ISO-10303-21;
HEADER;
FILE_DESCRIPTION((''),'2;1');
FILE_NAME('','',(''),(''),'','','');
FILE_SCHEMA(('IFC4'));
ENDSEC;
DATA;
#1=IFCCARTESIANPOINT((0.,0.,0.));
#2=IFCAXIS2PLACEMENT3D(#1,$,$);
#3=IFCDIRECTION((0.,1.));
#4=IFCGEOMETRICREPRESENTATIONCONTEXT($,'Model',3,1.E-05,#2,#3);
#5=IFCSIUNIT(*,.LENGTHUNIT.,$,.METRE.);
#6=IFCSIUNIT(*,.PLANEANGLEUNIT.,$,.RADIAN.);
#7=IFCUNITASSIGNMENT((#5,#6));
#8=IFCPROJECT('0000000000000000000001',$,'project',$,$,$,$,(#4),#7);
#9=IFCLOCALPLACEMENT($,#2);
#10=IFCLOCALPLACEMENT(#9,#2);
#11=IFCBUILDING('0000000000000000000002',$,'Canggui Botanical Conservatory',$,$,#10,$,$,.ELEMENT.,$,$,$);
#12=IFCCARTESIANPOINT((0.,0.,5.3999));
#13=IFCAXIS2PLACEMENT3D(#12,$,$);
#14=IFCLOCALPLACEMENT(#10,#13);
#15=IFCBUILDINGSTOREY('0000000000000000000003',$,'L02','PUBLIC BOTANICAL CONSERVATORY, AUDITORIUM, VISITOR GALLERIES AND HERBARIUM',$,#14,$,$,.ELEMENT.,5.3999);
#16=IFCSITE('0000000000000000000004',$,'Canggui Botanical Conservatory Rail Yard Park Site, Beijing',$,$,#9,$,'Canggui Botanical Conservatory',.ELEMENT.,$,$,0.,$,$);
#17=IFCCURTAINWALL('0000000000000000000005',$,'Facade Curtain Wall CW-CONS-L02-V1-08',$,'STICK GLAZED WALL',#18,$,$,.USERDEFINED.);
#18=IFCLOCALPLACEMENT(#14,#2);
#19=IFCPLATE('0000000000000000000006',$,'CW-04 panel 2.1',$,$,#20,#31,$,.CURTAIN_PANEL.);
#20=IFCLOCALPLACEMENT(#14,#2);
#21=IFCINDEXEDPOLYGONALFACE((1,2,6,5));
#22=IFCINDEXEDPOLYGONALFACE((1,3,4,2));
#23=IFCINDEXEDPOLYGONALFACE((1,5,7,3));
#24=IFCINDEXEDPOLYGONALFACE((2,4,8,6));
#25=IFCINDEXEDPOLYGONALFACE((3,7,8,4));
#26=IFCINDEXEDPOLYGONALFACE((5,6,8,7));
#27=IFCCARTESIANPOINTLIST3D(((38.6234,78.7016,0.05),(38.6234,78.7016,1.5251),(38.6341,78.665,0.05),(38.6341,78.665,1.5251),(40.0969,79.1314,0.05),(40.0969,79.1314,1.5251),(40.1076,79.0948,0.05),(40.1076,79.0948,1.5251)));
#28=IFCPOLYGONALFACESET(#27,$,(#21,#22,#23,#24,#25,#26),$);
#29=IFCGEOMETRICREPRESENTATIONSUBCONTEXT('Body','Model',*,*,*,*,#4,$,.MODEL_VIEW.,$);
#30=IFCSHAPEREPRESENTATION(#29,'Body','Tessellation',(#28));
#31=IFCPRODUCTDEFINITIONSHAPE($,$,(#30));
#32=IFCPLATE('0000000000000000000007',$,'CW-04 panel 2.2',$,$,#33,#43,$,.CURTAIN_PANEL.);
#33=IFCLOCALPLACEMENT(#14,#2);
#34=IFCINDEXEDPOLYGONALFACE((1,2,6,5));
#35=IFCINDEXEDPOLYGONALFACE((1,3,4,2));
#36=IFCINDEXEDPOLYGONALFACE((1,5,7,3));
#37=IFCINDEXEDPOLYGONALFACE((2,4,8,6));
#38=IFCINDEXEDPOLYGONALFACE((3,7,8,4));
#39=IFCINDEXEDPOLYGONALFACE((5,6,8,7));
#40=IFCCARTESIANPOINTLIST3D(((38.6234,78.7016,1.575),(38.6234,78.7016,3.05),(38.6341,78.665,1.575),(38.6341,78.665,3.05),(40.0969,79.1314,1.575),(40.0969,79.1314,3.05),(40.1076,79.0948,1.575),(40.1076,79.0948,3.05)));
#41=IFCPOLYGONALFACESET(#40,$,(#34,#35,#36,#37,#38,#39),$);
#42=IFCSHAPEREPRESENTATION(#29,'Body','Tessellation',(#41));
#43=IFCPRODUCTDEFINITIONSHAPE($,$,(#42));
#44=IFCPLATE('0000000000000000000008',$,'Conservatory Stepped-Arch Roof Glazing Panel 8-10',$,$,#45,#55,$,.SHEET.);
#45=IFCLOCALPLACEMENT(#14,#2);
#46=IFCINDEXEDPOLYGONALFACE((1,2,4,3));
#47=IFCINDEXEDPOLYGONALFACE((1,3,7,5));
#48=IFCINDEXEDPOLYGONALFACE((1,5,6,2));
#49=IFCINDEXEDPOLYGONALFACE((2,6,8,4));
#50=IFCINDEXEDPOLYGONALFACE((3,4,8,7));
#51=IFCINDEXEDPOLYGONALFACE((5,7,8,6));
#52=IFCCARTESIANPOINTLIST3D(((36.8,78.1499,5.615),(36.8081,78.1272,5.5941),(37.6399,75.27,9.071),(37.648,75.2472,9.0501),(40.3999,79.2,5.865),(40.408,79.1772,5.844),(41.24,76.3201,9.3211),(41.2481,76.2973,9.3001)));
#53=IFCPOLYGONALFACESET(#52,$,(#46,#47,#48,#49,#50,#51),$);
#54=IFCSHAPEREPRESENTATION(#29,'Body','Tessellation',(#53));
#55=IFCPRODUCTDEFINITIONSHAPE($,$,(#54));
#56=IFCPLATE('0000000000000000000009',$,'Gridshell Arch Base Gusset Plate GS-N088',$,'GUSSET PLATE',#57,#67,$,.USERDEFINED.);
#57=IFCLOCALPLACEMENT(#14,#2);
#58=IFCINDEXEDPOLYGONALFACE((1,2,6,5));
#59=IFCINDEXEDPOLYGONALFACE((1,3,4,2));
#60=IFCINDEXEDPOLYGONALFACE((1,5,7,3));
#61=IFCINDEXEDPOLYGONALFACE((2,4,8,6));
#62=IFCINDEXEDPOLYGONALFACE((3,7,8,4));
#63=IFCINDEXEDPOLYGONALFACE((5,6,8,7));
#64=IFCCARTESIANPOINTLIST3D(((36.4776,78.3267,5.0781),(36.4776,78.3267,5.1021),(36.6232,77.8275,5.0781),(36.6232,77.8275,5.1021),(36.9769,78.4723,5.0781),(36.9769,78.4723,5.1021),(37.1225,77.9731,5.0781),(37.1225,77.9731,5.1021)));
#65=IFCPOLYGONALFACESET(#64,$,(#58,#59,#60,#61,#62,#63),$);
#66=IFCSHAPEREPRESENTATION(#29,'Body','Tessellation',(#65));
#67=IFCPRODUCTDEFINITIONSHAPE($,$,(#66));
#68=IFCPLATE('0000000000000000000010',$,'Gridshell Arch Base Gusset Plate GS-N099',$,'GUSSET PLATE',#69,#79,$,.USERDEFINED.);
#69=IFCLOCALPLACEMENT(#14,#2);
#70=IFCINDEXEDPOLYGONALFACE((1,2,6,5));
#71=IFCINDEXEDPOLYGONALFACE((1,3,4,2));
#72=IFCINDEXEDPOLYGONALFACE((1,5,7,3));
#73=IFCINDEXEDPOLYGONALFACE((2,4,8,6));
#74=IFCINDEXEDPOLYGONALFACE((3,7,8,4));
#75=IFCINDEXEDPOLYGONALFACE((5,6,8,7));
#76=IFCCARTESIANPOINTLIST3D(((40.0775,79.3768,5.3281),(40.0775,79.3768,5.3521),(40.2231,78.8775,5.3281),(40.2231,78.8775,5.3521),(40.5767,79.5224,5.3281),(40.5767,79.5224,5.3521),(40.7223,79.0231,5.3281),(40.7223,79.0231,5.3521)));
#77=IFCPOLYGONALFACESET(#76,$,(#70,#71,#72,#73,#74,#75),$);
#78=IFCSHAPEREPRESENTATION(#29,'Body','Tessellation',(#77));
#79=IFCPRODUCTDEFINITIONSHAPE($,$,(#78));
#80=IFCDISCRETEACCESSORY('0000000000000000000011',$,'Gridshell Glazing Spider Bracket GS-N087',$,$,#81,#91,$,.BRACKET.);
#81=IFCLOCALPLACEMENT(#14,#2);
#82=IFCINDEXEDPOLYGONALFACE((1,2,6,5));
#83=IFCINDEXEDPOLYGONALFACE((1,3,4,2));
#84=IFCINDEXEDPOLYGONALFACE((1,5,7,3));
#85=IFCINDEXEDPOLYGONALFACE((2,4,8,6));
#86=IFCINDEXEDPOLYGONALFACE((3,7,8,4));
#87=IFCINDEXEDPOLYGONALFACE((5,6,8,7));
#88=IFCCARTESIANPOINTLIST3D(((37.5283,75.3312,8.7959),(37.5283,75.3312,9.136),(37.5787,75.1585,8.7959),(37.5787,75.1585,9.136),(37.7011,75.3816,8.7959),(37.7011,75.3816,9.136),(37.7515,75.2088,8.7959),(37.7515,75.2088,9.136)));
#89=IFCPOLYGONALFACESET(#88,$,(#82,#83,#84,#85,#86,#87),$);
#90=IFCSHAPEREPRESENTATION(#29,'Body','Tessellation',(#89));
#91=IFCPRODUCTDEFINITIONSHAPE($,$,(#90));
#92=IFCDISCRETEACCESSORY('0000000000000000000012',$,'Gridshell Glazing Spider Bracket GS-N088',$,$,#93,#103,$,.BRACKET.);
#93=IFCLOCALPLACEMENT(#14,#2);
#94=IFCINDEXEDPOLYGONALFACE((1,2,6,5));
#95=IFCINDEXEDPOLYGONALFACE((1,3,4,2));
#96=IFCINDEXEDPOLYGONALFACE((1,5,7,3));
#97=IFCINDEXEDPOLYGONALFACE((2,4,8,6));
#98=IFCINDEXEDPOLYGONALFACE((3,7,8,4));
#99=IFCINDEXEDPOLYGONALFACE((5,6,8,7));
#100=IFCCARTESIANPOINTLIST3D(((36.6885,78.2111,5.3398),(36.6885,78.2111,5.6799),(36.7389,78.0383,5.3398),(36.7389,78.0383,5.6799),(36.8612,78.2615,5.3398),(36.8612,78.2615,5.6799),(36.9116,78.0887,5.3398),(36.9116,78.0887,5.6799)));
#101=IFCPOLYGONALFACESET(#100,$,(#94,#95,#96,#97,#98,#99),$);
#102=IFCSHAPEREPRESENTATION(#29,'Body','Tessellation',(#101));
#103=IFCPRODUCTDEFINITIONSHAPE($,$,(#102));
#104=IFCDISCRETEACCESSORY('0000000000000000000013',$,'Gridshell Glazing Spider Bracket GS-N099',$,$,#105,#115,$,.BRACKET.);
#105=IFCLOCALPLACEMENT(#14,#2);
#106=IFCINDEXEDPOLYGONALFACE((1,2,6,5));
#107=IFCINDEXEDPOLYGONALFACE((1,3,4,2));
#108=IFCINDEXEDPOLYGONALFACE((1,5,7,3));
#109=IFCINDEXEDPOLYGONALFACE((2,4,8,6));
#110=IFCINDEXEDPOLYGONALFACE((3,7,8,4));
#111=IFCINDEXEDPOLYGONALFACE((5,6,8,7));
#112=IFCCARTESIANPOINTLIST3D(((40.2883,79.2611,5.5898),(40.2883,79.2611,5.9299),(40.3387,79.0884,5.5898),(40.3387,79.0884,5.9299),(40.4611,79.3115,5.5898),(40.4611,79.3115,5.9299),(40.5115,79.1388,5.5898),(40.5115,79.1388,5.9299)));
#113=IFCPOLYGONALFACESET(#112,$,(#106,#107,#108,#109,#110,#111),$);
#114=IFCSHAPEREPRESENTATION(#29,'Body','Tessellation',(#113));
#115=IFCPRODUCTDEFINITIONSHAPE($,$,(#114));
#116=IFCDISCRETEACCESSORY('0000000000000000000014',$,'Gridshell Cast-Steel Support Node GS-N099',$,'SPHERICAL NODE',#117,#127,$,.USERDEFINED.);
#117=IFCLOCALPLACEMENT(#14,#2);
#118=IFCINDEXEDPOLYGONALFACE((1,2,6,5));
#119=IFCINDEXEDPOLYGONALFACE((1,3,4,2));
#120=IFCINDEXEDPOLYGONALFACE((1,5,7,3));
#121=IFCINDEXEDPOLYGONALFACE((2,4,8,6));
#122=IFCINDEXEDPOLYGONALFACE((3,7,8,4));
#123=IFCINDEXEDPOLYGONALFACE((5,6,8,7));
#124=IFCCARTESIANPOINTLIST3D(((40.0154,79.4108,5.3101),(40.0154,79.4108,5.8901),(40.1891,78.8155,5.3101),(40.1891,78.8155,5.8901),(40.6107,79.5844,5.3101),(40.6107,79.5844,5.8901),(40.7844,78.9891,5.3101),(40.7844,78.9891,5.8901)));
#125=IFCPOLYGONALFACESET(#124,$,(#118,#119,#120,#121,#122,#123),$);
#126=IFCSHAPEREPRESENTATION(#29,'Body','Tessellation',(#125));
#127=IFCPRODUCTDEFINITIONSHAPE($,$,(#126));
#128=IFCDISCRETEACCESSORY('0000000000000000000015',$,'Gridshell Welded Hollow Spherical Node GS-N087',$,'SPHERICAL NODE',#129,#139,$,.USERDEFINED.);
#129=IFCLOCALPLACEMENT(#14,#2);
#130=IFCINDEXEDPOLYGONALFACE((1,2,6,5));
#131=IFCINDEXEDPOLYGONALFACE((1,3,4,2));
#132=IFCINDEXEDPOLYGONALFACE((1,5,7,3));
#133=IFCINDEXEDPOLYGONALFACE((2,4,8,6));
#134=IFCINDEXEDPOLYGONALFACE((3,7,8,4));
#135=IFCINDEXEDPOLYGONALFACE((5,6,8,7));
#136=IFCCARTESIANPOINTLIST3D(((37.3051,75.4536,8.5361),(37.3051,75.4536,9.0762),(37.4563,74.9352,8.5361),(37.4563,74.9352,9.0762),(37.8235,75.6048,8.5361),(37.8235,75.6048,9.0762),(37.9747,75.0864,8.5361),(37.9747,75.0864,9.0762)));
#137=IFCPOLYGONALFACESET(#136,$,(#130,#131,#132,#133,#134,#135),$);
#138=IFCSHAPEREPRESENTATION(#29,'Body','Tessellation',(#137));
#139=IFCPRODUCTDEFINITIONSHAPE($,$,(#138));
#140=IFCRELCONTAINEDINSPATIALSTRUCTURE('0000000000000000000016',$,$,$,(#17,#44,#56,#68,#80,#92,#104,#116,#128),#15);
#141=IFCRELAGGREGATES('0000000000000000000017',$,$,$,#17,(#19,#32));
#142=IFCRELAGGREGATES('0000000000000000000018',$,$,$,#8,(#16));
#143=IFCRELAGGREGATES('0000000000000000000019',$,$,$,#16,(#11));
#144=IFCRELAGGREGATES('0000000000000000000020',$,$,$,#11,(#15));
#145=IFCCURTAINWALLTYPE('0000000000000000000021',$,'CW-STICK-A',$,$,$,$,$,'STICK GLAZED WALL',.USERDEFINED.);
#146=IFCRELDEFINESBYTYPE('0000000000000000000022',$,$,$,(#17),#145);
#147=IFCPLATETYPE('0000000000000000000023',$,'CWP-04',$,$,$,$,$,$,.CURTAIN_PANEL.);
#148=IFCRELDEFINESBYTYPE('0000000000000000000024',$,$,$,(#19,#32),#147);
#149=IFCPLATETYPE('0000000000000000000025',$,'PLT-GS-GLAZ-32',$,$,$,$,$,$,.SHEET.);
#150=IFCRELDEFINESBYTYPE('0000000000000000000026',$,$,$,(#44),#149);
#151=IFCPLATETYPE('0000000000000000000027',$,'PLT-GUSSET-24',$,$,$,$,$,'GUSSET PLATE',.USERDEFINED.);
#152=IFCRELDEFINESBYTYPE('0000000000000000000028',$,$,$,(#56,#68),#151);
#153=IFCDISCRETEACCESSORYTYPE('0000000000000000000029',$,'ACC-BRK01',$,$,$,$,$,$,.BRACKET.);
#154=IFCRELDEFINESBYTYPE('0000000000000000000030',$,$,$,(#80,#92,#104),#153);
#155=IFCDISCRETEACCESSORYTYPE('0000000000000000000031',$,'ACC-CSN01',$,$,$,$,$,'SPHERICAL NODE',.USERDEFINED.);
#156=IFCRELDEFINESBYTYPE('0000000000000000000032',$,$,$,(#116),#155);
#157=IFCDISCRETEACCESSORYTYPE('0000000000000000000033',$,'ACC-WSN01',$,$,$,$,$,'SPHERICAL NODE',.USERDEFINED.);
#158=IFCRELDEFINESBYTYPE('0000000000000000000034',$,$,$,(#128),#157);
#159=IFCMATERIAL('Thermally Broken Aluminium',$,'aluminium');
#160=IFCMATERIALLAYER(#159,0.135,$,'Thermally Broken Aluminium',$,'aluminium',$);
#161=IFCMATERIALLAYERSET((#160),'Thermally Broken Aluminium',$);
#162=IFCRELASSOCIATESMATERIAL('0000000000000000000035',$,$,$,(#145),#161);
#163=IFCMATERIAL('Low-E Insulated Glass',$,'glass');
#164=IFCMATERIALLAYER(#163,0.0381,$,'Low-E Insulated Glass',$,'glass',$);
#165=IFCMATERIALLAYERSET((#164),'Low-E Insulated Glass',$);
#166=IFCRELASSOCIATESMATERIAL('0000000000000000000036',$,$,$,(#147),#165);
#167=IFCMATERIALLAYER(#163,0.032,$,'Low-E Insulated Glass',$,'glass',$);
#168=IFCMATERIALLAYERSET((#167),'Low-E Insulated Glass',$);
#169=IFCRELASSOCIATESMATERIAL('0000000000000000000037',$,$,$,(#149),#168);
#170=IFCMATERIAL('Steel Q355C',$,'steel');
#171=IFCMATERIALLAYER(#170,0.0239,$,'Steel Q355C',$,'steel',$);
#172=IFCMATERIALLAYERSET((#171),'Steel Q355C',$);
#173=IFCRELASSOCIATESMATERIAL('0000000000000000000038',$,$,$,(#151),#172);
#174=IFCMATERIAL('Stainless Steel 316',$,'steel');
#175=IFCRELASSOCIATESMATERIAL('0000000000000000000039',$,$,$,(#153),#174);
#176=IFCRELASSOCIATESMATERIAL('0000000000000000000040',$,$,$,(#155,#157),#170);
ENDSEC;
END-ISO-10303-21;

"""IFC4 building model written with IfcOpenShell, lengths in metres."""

from ifc_helpers import new_model, si_unit, direction, frame, origin, origin_2d, place, context, subcontext, project, spatial, polyline, rectangle, outline, extrude, material, layer, layer_set, type_object, element, aggregate, save


model = new_model("IFC4")

# Units and contexts
model_context = context("Model", 3, precision=1e-05, world=origin(), true_north=direction((0.0, 1.0)))
body_context = subcontext(model_context, "Body", "Model", "MODEL_VIEW")
ifc_project = project(units=[si_unit("LENGTHUNIT", "METRE"), si_unit("PLANEANGLEUNIT", "RADIAN")], contexts=[model_context])

# Site, building, storey
site_placement = place(None, origin())
site = spatial("IfcSite", under=ifc_project, at=site_placement, Name="Canggui Botanical Conservatory Rail Yard Park Site, Beijing", LongName="Canggui Botanical Conservatory", CompositionType="ELEMENT", RefElevation=0.0)
building_placement = place(site_placement, origin())
building = spatial("IfcBuilding", under=site, at=building_placement, Name="Canggui Botanical Conservatory", CompositionType="ELEMENT")
storey_placement = place(building_placement, frame((0.0, 0.0, 5.3999)))
storey = spatial("IfcBuildingStorey", under=building, at=storey_placement, Name="L02", Description="PUBLIC BOTANICAL CONSERVATORY, AUDITORIUM, VISITOR GALLERIES AND HERBARIUM", CompositionType="ELEMENT", Elevation=5.3999)

# Shared definitions
ifc_material_1 = material(Name="Steel Q355C", Category="steel")

# Curtain wall
ifc_material_2 = material(Name="Thermally Broken Aluminium", Category="aluminium")
ifc_layer_1 = layer(ifc_material_2, 0.135, Name="Thermally Broken Aluminium", Category="aluminium")
ifc_layer_set_1 = layer_set([ifc_layer_1], Name="Thermally Broken Aluminium")
curtain_wall_type = type_object("IfcCurtainWallType", Name="CW-STICK-A", ElementType="STICK GLAZED WALL", PredefinedType="USERDEFINED", material=ifc_layer_set_1)
curtain_wall_1_placement = place(storey_placement, origin())
curtain_wall_1 = element("IfcCurtainWall", 1, at=curtain_wall_1_placement, inside=storey, type_object=curtain_wall_type, Name="Facade Curtain Wall CW-CONS-L02-V1-08", ObjectType="STICK GLAZED WALL", PredefinedType="USERDEFINED")

# Plates
ifc_material_3 = material(Name="Low-E Insulated Glass", Category="glass")
ifc_layer_2 = layer(ifc_material_3, 0.0381, Name="Low-E Insulated Glass", Category="glass")
ifc_layer_set_2 = layer_set([ifc_layer_2], Name="Low-E Insulated Glass")
plate_type_1 = type_object("IfcPlateType", Name="CWP-04", PredefinedType="CURTAIN_PANEL", material=ifc_layer_set_2)
plate_1_placement = place(storey_placement, frame((39.3655, 78.8982, 0.05), z_axis=(0.0, 0.0, 1.0), x_axis=(0.96, 0.28, 0.0)))
plate_1 = element("IfcPlate", 2, at=plate_1_placement, type_object=plate_type_1, Name="CW-04 panel 2.1", PredefinedType="CURTAIN_PANEL", context=body_context, shape_type="SweptSolid", body=[
    extrude(rectangle(XDim=1.5349, YDim=0.0381, at=origin_2d()), origin(), (0.0, 0.0, 1.0), 1.4751),
])
plate_2_placement = place(storey_placement, frame((39.3655, 78.8982, 1.575), z_axis=(0.0, 0.0, 1.0), x_axis=(0.96, 0.28, 0.0)))
plate_2 = element("IfcPlate", 3, at=plate_2_placement, type_object=plate_type_1, Name="CW-04 panel 2.2", PredefinedType="CURTAIN_PANEL", context=body_context, shape_type="SweptSolid", body=[
    extrude(rectangle(XDim=1.5349, YDim=0.0381, at=origin_2d()), origin(), (0.0, 0.0, 1.0), 1.4751),
])
aggregate(curtain_wall_1, [plate_1, plate_2])

# Plates
ifc_layer_3 = layer(ifc_material_3, 0.032, Name="Low-E Insulated Glass", Category="glass")
ifc_layer_set_3 = layer_set([ifc_layer_3], Name="Low-E Insulated Glass")
plate_type_2 = type_object("IfcPlateType", Name="PLT-GS-GLAZ-32", PredefinedType="SHEET", material=ifc_layer_set_3)
plate_3_placement = place(storey_placement, frame((37.6399, 75.27, 9.071), z_axis=(-0.253174, 0.712061, 0.654883), x_axis=(0.95787, 0.279391, 0.066522)))
element("IfcPlate", 4, at=plate_3_placement, inside=storey, type_object=plate_type_2, Name="Conservatory Stepped-Arch Roof Glazing Panel 8-10", PredefinedType="SHEET", context=body_context, shape_type="SweptSolid", body=[
    extrude(outline(polyline([(0.0, 0.0), (3.7584, 0.0), (3.5284, 4.5707), (-0.2298, 4.5706), (0.0, 0.0)])), origin(), (0.0, 0.0, -1.0), 0.032),
])
ifc_layer_4 = layer(ifc_material_1, 0.0239, Name="Steel Q355C", Category="steel")
ifc_layer_set_4 = layer_set([ifc_layer_4], Name="Steel Q355C")
plate_type_3 = type_object("IfcPlateType", Name="PLT-GUSSET-24", ElementType="GUSSET PLATE", PredefinedType="USERDEFINED", material=ifc_layer_set_4)
for number, where, z_axis, x_axis, name in (
    (5, (36.8, 78.1499, 5.0781), (0.0, 0.0, 1.0), (0.96, 0.28, 0.0), "Gridshell Arch Base Gusset Plate GS-N088"),
    (6, (40.3999, 79.2, 5.3281), (0.0, 0.0, 1.0), (0.96, 0.28, 0.0), "Gridshell Arch Base Gusset Plate GS-N099"),
):
    element("IfcPlate", number, at=place(storey_placement, frame(where, z_axis=z_axis, x_axis=x_axis)), inside=storey, type_object=plate_type_3, Name=name, ObjectType="GUSSET PLATE", PredefinedType="USERDEFINED", context=body_context, shape_type="SweptSolid", body=[
        extrude(rectangle(XDim=0.52, YDim=0.52, at=origin_2d()), origin(), (0.0, 0.0, 1.0), 0.0239),
    ])

# Discrete accessories
ifc_material_4 = material(Name="Stainless Steel 316", Category="steel")
discrete_accessory_type_1 = type_object("IfcDiscreteAccessoryType", Name="ACC-BRK01", PredefinedType="BRACKET", material=ifc_material_4)
for number, where, z_axis, x_axis, name in (
    (7, (37.6399, 75.27, 8.7959), (0.0, 0.0, 1.0), (0.96, 0.28, 0.0), "Gridshell Glazing Spider Bracket GS-N087"),
    (8, (36.8, 78.1499, 5.3398), (0.0, 0.0, 1.0), (0.96, 0.28, 0.0), "Gridshell Glazing Spider Bracket GS-N088"),
    (9, (40.3999, 79.2, 5.5898), (0.0, 0.0, 1.0), (0.96, 0.28, 0.0), "Gridshell Glazing Spider Bracket GS-N099"),
):
    element("IfcDiscreteAccessory", number, at=place(storey_placement, frame(where, z_axis=z_axis, x_axis=x_axis)), inside=storey, type_object=discrete_accessory_type_1, Name=name, PredefinedType="BRACKET", context=body_context, shape_type="SweptSolid", body=[
        extrude(rectangle(XDim=0.1799, YDim=0.1799, at=origin_2d()), origin(), (0.0, 0.0, 1.0), 0.3401),
    ])
discrete_accessory_type_2 = type_object("IfcDiscreteAccessoryType", Name="ACC-CSN01", ElementType="SPHERICAL NODE", PredefinedType="USERDEFINED", material=ifc_material_1)
discrete_accessory_1_placement = place(storey_placement, frame((40.3999, 79.2, 5.3101), z_axis=(0.0, 0.0, 1.0), x_axis=(0.96, 0.28, 0.0)))
element("IfcDiscreteAccessory", 10, at=discrete_accessory_1_placement, inside=storey, type_object=discrete_accessory_type_2, Name="Gridshell Cast-Steel Support Node GS-N099", ObjectType="SPHERICAL NODE", PredefinedType="USERDEFINED", context=body_context, shape_type="SweptSolid", body=[
    extrude(rectangle(XDim=0.6201, YDim=0.6201, at=origin_2d()), origin(), (0.0, 0.0, 1.0), 0.5801),
])
discrete_accessory_type_3 = type_object("IfcDiscreteAccessoryType", Name="ACC-WSN01", ElementType="SPHERICAL NODE", PredefinedType="USERDEFINED", material=ifc_material_1)
discrete_accessory_2_placement = place(storey_placement, frame((37.6399, 75.27, 8.5361), z_axis=(0.0, 0.0, 1.0), x_axis=(0.96, 0.28, 0.0)))
element("IfcDiscreteAccessory", 11, at=discrete_accessory_2_placement, inside=storey, type_object=discrete_accessory_type_3, Name="Gridshell Welded Hollow Spherical Node GS-N087", ObjectType="SPHERICAL NODE", PredefinedType="USERDEFINED", context=body_context, shape_type="SweptSolid", body=[
    extrude(rectangle(XDim=0.54, YDim=0.54, at=origin_2d()), origin(), (0.0, 0.0, 1.0), 0.54),
])

save(model, "model.ifc")
